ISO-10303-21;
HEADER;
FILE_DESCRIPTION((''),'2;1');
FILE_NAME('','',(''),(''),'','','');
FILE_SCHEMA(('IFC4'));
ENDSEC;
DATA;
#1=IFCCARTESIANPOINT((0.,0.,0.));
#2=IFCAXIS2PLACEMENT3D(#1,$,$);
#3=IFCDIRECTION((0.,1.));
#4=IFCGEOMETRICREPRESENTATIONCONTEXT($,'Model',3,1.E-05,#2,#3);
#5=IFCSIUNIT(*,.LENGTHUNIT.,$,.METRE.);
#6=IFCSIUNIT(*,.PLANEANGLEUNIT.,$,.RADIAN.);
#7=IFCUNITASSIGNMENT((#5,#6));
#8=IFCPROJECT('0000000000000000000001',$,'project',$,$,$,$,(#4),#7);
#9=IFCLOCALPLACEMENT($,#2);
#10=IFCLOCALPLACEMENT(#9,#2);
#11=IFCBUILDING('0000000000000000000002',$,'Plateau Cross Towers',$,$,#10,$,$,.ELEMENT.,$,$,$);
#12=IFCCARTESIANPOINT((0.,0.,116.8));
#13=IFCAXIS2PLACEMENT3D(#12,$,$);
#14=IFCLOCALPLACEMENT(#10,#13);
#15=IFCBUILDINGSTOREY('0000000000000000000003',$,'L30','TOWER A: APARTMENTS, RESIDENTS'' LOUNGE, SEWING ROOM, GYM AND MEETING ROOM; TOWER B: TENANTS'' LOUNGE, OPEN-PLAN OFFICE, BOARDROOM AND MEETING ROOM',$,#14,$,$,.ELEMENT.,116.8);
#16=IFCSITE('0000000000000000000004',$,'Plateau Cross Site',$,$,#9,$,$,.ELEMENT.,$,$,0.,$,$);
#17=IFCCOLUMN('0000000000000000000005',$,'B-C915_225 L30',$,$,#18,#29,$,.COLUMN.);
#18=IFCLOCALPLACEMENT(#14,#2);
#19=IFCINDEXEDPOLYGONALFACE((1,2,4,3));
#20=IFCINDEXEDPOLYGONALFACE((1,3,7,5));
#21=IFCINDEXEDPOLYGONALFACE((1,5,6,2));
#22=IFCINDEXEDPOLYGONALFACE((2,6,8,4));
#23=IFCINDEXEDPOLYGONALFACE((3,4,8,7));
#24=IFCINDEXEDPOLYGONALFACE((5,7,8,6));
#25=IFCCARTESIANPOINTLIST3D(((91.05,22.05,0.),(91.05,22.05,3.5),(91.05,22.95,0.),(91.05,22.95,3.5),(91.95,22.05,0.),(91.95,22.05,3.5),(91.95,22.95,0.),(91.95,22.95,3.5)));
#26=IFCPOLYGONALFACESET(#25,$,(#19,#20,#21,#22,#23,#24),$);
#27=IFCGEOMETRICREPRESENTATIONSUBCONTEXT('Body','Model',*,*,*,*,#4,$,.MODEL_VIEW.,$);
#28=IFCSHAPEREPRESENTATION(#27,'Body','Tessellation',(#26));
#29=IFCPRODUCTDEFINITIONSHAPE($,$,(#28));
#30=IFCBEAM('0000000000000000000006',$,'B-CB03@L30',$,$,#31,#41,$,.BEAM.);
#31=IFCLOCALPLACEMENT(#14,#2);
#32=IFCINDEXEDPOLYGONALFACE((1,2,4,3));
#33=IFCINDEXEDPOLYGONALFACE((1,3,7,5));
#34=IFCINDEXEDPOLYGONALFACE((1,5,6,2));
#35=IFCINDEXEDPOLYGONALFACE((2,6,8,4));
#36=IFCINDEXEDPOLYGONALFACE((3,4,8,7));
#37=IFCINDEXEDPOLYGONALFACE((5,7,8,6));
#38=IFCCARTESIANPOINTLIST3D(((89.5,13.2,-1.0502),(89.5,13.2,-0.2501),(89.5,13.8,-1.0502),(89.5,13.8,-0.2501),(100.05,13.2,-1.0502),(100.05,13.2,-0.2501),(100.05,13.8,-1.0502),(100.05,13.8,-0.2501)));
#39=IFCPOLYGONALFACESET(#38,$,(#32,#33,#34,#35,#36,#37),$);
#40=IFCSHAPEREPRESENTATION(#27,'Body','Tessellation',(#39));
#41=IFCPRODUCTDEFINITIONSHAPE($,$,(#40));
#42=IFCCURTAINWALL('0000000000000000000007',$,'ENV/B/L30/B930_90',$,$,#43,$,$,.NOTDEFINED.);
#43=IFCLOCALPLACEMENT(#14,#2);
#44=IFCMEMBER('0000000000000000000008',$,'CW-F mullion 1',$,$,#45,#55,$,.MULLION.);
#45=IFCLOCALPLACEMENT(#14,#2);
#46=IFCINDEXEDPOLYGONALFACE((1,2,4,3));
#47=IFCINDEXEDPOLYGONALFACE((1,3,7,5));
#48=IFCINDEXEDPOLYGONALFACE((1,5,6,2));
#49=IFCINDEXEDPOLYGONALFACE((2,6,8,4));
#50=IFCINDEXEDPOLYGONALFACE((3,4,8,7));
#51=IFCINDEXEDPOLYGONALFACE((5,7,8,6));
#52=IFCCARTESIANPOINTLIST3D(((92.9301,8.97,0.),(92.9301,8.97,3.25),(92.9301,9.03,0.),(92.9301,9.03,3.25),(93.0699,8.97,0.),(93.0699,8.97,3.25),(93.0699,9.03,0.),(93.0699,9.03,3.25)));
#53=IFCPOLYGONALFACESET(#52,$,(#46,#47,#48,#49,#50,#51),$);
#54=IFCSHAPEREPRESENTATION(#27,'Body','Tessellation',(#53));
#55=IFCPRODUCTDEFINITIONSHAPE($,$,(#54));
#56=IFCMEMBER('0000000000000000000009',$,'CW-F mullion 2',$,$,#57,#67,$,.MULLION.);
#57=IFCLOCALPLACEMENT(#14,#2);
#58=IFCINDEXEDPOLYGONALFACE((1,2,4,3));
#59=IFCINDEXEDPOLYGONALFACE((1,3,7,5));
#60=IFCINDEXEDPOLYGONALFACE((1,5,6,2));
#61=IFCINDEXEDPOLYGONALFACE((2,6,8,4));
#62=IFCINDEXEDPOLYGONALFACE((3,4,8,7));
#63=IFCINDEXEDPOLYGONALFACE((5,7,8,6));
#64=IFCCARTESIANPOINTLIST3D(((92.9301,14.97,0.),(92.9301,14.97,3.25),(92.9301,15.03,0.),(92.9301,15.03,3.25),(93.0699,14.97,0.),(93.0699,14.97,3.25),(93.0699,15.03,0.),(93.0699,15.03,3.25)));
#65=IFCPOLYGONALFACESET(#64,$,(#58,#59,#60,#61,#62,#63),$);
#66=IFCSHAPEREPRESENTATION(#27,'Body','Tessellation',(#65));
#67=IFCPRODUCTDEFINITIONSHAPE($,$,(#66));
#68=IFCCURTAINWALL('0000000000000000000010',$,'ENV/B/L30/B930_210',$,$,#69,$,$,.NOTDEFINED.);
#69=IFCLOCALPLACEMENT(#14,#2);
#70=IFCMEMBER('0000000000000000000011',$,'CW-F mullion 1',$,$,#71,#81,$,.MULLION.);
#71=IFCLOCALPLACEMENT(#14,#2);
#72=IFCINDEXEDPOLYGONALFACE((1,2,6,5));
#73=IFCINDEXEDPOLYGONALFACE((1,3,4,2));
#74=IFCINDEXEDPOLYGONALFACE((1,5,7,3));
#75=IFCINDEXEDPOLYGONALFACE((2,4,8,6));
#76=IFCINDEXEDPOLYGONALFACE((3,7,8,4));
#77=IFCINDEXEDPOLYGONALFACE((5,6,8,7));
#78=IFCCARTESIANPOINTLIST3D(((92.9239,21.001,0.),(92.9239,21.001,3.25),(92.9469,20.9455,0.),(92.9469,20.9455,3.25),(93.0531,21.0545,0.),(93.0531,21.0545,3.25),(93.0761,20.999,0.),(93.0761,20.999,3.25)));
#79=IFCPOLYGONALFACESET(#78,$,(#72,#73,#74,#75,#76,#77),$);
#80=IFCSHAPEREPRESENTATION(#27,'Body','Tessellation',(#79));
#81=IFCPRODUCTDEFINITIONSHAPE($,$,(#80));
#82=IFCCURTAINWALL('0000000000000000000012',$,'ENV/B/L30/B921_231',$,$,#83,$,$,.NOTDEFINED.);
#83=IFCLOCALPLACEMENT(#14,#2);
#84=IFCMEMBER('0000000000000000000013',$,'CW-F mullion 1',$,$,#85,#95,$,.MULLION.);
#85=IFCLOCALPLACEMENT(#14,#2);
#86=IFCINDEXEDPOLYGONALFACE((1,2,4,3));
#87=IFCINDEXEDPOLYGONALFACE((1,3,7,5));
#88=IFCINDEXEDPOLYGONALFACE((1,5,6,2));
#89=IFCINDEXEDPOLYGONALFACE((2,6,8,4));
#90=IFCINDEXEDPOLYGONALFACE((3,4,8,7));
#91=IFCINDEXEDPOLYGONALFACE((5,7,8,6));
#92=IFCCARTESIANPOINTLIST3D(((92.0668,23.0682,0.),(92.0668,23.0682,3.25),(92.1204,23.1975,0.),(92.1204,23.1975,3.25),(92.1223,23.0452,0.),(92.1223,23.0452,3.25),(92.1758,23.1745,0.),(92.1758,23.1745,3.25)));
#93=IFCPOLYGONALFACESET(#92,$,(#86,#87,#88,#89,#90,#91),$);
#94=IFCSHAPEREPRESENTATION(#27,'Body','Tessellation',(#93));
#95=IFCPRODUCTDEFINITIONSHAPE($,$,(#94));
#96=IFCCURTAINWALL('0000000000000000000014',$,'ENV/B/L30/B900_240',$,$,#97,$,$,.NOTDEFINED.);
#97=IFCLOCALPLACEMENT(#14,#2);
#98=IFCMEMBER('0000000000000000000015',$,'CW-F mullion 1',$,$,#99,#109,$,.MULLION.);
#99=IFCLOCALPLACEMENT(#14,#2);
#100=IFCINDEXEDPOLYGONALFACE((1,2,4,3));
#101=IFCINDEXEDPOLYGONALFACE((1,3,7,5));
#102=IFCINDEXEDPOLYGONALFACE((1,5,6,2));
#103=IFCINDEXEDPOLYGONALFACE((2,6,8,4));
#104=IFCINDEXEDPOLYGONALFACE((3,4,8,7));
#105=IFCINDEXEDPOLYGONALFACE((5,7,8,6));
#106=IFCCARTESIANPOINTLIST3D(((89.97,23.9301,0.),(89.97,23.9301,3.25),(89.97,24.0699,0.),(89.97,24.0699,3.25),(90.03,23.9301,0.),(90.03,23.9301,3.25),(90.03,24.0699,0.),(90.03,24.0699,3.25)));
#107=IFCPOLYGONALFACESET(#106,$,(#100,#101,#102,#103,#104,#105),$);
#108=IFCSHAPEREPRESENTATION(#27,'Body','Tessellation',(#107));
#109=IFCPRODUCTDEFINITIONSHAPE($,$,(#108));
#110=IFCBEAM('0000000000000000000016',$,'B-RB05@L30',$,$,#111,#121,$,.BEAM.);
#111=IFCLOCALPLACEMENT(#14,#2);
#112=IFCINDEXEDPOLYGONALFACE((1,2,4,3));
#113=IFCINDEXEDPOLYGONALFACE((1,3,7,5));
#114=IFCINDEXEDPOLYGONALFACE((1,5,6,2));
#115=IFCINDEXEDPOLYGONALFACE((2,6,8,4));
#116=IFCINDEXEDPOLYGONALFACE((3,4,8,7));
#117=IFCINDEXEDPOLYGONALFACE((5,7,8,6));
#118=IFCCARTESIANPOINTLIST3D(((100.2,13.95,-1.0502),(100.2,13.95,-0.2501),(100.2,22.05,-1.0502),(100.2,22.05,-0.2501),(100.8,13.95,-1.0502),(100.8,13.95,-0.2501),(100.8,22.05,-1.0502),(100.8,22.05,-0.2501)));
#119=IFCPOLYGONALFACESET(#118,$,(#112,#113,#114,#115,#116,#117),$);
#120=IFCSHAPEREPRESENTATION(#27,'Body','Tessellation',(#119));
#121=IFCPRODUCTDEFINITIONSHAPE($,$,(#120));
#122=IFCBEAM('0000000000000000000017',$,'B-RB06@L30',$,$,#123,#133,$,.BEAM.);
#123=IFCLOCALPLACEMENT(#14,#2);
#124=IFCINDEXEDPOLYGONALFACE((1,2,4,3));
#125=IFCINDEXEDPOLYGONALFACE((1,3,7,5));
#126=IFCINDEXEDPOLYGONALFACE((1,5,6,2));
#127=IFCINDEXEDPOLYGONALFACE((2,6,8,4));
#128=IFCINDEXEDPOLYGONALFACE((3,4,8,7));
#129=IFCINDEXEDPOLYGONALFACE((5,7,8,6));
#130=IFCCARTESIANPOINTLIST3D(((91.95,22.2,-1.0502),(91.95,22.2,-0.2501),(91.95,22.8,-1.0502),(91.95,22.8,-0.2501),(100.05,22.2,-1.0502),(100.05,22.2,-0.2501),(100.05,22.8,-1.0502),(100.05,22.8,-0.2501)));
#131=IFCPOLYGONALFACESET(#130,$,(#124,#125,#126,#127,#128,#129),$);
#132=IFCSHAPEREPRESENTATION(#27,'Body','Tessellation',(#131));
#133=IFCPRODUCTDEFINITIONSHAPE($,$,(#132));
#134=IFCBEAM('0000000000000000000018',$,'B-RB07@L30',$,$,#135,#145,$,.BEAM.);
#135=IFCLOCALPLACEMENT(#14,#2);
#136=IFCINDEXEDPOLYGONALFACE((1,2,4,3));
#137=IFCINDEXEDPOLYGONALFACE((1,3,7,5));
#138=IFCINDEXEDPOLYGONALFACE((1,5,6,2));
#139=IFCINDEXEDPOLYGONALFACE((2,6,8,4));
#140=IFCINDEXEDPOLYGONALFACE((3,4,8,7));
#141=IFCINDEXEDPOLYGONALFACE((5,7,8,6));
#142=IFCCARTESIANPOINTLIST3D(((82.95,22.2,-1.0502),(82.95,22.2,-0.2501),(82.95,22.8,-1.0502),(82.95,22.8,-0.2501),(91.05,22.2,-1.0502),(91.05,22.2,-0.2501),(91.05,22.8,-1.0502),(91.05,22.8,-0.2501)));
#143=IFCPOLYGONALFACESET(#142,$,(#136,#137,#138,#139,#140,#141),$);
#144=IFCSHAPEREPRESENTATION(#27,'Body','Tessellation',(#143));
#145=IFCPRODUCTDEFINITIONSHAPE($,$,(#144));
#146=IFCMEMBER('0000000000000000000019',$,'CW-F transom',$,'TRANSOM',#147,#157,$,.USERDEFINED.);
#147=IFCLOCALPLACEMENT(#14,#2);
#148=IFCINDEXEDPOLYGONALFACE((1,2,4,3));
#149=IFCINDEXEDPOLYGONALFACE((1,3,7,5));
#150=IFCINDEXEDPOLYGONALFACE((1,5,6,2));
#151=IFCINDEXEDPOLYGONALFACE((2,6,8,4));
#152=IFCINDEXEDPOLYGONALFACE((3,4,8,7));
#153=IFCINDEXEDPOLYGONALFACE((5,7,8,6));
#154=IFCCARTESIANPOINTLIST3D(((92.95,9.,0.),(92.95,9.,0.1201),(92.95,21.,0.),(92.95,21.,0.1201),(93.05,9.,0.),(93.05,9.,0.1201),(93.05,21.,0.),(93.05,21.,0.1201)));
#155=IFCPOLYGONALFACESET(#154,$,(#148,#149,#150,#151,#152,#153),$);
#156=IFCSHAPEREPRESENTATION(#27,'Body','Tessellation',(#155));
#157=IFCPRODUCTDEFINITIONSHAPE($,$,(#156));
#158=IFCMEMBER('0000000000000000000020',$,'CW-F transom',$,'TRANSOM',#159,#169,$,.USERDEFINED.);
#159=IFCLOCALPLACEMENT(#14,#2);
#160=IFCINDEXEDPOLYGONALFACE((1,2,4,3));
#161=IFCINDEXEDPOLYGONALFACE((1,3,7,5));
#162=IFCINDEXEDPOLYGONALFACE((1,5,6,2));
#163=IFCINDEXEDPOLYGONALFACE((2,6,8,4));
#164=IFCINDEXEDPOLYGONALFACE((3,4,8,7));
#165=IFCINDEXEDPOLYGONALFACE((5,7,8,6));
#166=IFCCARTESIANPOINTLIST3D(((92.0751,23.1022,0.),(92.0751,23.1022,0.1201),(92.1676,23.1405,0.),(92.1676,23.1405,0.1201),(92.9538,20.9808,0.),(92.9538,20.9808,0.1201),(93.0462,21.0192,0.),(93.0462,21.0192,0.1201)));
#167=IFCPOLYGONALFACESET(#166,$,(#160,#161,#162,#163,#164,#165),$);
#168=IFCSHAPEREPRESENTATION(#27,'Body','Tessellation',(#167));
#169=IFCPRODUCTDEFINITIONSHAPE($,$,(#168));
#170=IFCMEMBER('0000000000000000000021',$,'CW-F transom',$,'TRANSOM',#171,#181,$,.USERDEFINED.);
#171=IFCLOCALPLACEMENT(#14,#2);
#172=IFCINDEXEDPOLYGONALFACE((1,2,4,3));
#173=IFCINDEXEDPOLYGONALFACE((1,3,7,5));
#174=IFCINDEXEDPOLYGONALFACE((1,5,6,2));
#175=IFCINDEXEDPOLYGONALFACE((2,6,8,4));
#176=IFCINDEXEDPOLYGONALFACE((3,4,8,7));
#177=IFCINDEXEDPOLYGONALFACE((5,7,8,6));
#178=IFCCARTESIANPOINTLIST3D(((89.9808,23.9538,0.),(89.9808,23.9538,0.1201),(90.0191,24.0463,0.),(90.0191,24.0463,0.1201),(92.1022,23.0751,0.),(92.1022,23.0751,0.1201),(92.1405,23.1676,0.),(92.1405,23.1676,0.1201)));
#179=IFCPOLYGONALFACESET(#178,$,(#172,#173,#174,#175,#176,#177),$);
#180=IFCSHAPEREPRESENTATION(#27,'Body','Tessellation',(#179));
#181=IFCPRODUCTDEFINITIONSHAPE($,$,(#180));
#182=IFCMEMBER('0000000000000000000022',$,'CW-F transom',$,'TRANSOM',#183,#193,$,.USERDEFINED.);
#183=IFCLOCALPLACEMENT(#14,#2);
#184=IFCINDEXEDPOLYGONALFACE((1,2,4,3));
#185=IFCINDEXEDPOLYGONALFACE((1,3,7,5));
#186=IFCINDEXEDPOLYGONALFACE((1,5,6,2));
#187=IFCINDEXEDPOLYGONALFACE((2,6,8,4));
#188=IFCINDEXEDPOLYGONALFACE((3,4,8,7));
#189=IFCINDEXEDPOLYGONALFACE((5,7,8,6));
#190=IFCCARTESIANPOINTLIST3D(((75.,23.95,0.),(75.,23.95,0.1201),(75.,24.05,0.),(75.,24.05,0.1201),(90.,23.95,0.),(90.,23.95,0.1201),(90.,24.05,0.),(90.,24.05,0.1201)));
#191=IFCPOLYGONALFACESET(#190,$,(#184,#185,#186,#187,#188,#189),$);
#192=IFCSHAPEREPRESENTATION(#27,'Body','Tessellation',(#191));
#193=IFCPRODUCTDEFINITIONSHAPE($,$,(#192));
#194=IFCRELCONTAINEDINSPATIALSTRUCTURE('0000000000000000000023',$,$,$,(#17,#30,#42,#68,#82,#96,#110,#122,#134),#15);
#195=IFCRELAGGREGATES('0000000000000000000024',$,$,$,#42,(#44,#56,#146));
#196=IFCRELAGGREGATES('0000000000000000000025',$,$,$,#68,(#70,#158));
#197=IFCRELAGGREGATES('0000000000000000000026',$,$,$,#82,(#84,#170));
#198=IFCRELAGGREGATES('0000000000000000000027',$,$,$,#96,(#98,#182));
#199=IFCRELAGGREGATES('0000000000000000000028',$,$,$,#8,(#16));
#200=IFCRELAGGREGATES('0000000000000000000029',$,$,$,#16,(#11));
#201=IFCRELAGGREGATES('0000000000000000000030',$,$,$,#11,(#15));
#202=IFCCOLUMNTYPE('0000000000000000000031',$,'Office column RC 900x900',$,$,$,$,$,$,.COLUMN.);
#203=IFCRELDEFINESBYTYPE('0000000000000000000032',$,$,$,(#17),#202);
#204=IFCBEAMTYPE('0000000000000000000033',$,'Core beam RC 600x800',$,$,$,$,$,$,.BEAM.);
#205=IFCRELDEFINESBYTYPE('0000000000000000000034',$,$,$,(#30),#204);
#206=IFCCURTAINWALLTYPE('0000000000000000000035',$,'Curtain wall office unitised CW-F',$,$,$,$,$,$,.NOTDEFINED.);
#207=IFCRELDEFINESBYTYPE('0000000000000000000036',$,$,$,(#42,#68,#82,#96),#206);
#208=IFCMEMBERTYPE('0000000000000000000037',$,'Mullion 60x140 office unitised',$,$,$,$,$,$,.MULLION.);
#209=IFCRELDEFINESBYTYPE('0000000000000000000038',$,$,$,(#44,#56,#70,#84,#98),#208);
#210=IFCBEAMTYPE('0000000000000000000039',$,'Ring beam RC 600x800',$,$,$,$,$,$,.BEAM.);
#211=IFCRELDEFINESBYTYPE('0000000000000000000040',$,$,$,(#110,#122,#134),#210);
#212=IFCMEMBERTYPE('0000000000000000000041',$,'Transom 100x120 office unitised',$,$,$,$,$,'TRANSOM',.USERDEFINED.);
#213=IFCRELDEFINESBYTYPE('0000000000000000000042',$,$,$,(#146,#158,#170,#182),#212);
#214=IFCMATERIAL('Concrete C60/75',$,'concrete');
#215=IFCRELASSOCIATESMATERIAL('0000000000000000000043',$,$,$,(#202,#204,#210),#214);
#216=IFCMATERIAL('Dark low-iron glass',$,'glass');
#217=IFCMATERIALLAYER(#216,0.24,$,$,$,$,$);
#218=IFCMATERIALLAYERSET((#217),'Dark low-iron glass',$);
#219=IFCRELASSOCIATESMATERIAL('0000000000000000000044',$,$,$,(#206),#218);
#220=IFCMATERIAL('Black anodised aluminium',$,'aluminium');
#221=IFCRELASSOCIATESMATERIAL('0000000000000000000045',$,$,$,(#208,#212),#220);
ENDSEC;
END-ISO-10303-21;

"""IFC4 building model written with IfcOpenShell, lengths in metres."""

from ifc_helpers import new_model, si_unit, direction, frame, origin, origin_2d, place, context, subcontext, project, spatial, rectangle, extrude, material, layer, layer_set, material_profile, profile_set, type_object, element, aggregate, save


model = new_model("IFC4")

# Units and contexts
model_context = context("Model", 3, precision=1e-05, world=origin(), true_north=direction((0.0, 1.0)))
body_context = subcontext(model_context, "Body", "Model", "MODEL_VIEW")
ifc_project = project(units=[si_unit("LENGTHUNIT", "METRE"), si_unit("PLANEANGLEUNIT", "RADIAN")], contexts=[model_context])

# Site, building, storey
site_placement = place(None, origin())
site = spatial("IfcSite", under=ifc_project, at=site_placement, Name="Plateau Cross Site", CompositionType="ELEMENT", RefElevation=0.0)
building_placement = place(site_placement, origin())
building = spatial("IfcBuilding", under=site, at=building_placement, Name="Plateau Cross Towers", CompositionType="ELEMENT")
storey_placement = place(building_placement, frame((0.0, 0.0, 116.8)))
storey = spatial("IfcBuildingStorey", under=building, at=storey_placement, Name="L30", Description="TOWER A: APARTMENTS, RESIDENTS' LOUNGE, SEWING ROOM, GYM AND MEETING ROOM; TOWER B: TENANTS' LOUNGE, OPEN-PLAN OFFICE, BOARDROOM AND MEETING ROOM", CompositionType="ELEMENT", Elevation=116.8)

# Column
ifc_material_1 = material(Name="Concrete C60/75", Category="concrete")
ifc_material_profile_1 = material_profile(ifc_material_1, rectangle(XDim=0.8999, YDim=0.8999, at=origin_2d()), Name="RC 900x900")
ifc_profile_set_1 = profile_set([ifc_material_profile_1], Name="Concrete C60/75")
column_type = type_object("IfcColumnType", Name="Office column RC 900x900", PredefinedType="COLUMN", material=ifc_profile_set_1)
column_placement = place(storey_placement, frame((91.5, 22.5, 0.0), z_axis=(0.0, 0.0, 1.0), x_axis=(1.0, 0.0, 0.0)))
element("IfcColumn", 1, at=column_placement, inside=storey, type_object=column_type, Name="B-C915_225 L30", PredefinedType="COLUMN", context=body_context, shape_type="SweptSolid", body=[
    extrude(rectangle(XDim=0.8999, YDim=0.8999, at=origin_2d()), origin(), (0.0, 0.0, 1.0), 3.5),
])

# Beam
ifc_material_profile_2 = material_profile(ifc_material_1, rectangle(XDim=0.6001, YDim=0.8, at=origin_2d()), Name="RC 600x800")
ifc_profile_set_2 = profile_set([ifc_material_profile_2], Name="Concrete C60/75")
beam_type_1 = type_object("IfcBeamType", Name="Core beam RC 600x800", PredefinedType="BEAM", material=ifc_profile_set_2)
beam_placement = place(storey_placement, frame((89.5, 13.5, -0.6501), z_axis=(1.0, 0.0, 0.0), x_axis=(0.0, 1.0, 0.0)))
element("IfcBeam", 2, at=beam_placement, inside=storey, type_object=beam_type_1, Name="B-CB03@L30", PredefinedType="BEAM", context=body_context, shape_type="SweptSolid", body=[
    extrude(rectangle(XDim=0.6001, YDim=0.8, at=origin_2d()), origin(), (0.0, 0.0, 1.0), 10.55),
])

# Curtain wall, members
ifc_material_2 = material(Name="Dark low-iron glass", Category="glass")
ifc_layer_1 = layer(ifc_material_2, 0.24)
ifc_layer_set_1 = layer_set([ifc_layer_1], Name="Dark low-iron glass")
curtain_wall_type = type_object("IfcCurtainWallType", Name="Curtain wall office unitised CW-F", PredefinedType="NOTDEFINED", material=ifc_layer_set_1)
curtain_wall_1_placement = place(storey_placement, origin())
curtain_wall_1 = element("IfcCurtainWall", 3, at=curtain_wall_1_placement, inside=storey, type_object=curtain_wall_type, Name="ENV/B/L30/B930_90", PredefinedType="NOTDEFINED")
ifc_material_3 = material(Name="Black anodised aluminium", Category="aluminium")
ifc_material_profile_3 = material_profile(ifc_material_3, rectangle(XDim=0.0601, YDim=0.1399, at=origin_2d()), Name="MULLION 60x140")
ifc_profile_set_3 = profile_set([ifc_material_profile_3], Name="Black anodised aluminium")
member_type_1 = type_object("IfcMemberType", Name="Mullion 60x140 office unitised", PredefinedType="MULLION", material=ifc_profile_set_3)
member_1_placement = place(storey_placement, frame((93.0, 9.0, 0.0), z_axis=(0.0, 0.0, 1.0), x_axis=(0.0, 1.0, 0.0)))
member_1 = element("IfcMember", 4, at=member_1_placement, type_object=member_type_1, Name="CW-F mullion 1", PredefinedType="MULLION", context=body_context, shape_type="SweptSolid", body=[
    extrude(rectangle(XDim=0.0601, YDim=0.1399, at=origin_2d()), origin(), (0.0, 0.0, 1.0), 3.25),
])
member_2_placement = place(storey_placement, frame((93.0, 15.0, 0.0), z_axis=(0.0, 0.0, 1.0), x_axis=(0.0, 1.0, 0.0)))
member_2 = element("IfcMember", 5, at=member_2_placement, type_object=member_type_1, Name="CW-F mullion 2", PredefinedType="MULLION", context=body_context, shape_type="SweptSolid", body=[
    extrude(rectangle(XDim=0.0601, YDim=0.1399, at=origin_2d()), origin(), (0.0, 0.0, 1.0), 3.25),
])

# Curtain walls, members
curtain_wall_2_placement = place(storey_placement, origin())
curtain_wall_2 = element("IfcCurtainWall", 6, at=curtain_wall_2_placement, inside=storey, type_object=curtain_wall_type, Name="ENV/B/L30/B930_210", PredefinedType="NOTDEFINED")
member_3_placement = place(storey_placement, frame((93.0, 21.0, 0.0), z_axis=(0.0, 0.0, 1.0), x_axis=(-0.382684, 0.923879, 0.0)))
member_3 = element("IfcMember", 7, at=member_3_placement, type_object=member_type_1, Name="CW-F mullion 1", PredefinedType="MULLION", context=body_context, shape_type="SweptSolid", body=[
    extrude(rectangle(XDim=0.0601, YDim=0.1399, at=origin_2d()), origin(), (0.0, 0.0, 1.0), 3.25),
])
curtain_wall_3_placement = place(storey_placement, origin())
curtain_wall_3 = element("IfcCurtainWall", 8, at=curtain_wall_3_placement, inside=storey, type_object=curtain_wall_type, Name="ENV/B/L30/B921_231", PredefinedType="NOTDEFINED")
member_4_placement = place(storey_placement, frame((92.1213, 23.1213, 0.0), z_axis=(0.0, 0.0, 1.0), x_axis=(-0.923879, 0.382684, 0.0)))
member_4 = element("IfcMember", 9, at=member_4_placement, type_object=member_type_1, Name="CW-F mullion 1", PredefinedType="MULLION", context=body_context, shape_type="SweptSolid", body=[
    extrude(rectangle(XDim=0.0601, YDim=0.1399, at=origin_2d()), origin(), (0.0, 0.0, 1.0), 3.25),
])
curtain_wall_4_placement = place(storey_placement, origin())
curtain_wall_4 = element("IfcCurtainWall", 10, at=curtain_wall_4_placement, inside=storey, type_object=curtain_wall_type, Name="ENV/B/L30/B900_240", PredefinedType="NOTDEFINED")
member_5_placement = place(storey_placement, frame((90.0, 24.0, 0.0), z_axis=(0.0, 0.0, 1.0), x_axis=(-1.0, 0.0, 0.0)))
member_5 = element("IfcMember", 11, at=member_5_placement, type_object=member_type_1, Name="CW-F mullion 1", PredefinedType="MULLION", context=body_context, shape_type="SweptSolid", body=[
    extrude(rectangle(XDim=0.0601, YDim=0.1399, at=origin_2d()), origin(), (0.0, 0.0, 1.0), 3.25),
])

# Beams
ifc_material_profile_4 = material_profile(ifc_material_1, rectangle(XDim=0.6001, YDim=0.8, at=origin_2d()), Name="RC 600x800")
ifc_profile_set_4 = profile_set([ifc_material_profile_4], Name="Concrete C60/75")
beam_type_2 = type_object("IfcBeamType", Name="Ring beam RC 600x800", PredefinedType="BEAM", material=ifc_profile_set_4)
for number, where, z_axis, x_axis, name in (
    (12, (100.5, 13.95, -0.6501), (0.0, 1.0, 0.0), (-1.0, 0.0, 0.0), "B-RB05@L30"),
    (13, (100.05, 22.5, -0.6501), (-1.0, 0.0, 0.0), (0.0, -1.0, 0.0), "B-RB06@L30"),
    (14, (91.05, 22.5, -0.6501), (-1.0, 0.0, 0.0), (0.0, -1.0, 0.0), "B-RB07@L30"),
):
    element("IfcBeam", number, at=place(storey_placement, frame(where, z_axis=z_axis, x_axis=x_axis)), inside=storey, type_object=beam_type_2, Name=name, PredefinedType="BEAM", context=body_context, shape_type="SweptSolid", body=[
        extrude(rectangle(XDim=0.6001, YDim=0.8, at=origin_2d()), origin(), (0.0, 0.0, 1.0), 8.1001),
    ])

# Members
ifc_material_profile_5 = material_profile(ifc_material_3, rectangle(XDim=0.1001, YDim=0.1201, at=origin_2d()), Name="TRANSOM 100x120")
ifc_profile_set_5 = profile_set([ifc_material_profile_5], Name="Black anodised aluminium")
member_type_2 = type_object("IfcMemberType", Name="Transom 100x120 office unitised", ElementType="TRANSOM", PredefinedType="USERDEFINED", material=ifc_profile_set_5)
member_6_placement = place(storey_placement, frame((93.0, 9.0, 0.0601), z_axis=(0.0, 1.0, 0.0), x_axis=(-1.0, 0.0, 0.0)))
member_6 = element("IfcMember", 15, at=member_6_placement, type_object=member_type_2, Name="CW-F transom", ObjectType="TRANSOM", PredefinedType="USERDEFINED", context=body_context, shape_type="SweptSolid", body=[
    extrude(rectangle(XDim=0.1001, YDim=0.1201, at=origin_2d()), origin(), (0.0, 0.0, 1.0), 12.0),
])
member_7_placement = place(storey_placement, frame((93.0, 21.0, 0.0601), z_axis=(-0.382674, 0.923883, 0.0), x_axis=(-0.923883, -0.382674, 0.0)))
member_7 = element("IfcMember", 16, at=member_7_placement, type_object=member_type_2, Name="CW-F transom", ObjectType="TRANSOM", PredefinedType="USERDEFINED", context=body_context, shape_type="SweptSolid", body=[
    extrude(rectangle(XDim=0.1001, YDim=0.1201, at=origin_2d()), origin(), (0.0, 0.0, 1.0), 2.2961),
])
member_8_placement = place(storey_placement, frame((92.1213, 23.1213, 0.0601), z_axis=(-0.923883, 0.382674, 0.0), x_axis=(-0.382674, -0.923883, 0.0)))
member_8 = element("IfcMember", 17, at=member_8_placement, type_object=member_type_2, Name="CW-F transom", ObjectType="TRANSOM", PredefinedType="USERDEFINED", context=body_context, shape_type="SweptSolid", body=[
    extrude(rectangle(XDim=0.1001, YDim=0.1201, at=origin_2d()), origin(), (0.0, 0.0, 1.0), 2.2961),
])
member_9_placement = place(storey_placement, frame((90.0, 24.0, 0.0601), z_axis=(-1.0, 0.0, 0.0), x_axis=(0.0, -1.0, 0.0)))
member_9 = element("IfcMember", 18, at=member_9_placement, type_object=member_type_2, Name="CW-F transom", ObjectType="TRANSOM", PredefinedType="USERDEFINED", context=body_context, shape_type="SweptSolid", body=[
    extrude(rectangle(XDim=0.1001, YDim=0.1201, at=origin_2d()), origin(), (0.0, 0.0, 1.0), 15.0),
])

aggregate(curtain_wall_1, [member_1, member_2, member_6])
aggregate(curtain_wall_2, [member_3, member_7])
aggregate(curtain_wall_3, [member_4, member_8])
aggregate(curtain_wall_4, [member_5, member_9])

save(model, "model.ifc")
